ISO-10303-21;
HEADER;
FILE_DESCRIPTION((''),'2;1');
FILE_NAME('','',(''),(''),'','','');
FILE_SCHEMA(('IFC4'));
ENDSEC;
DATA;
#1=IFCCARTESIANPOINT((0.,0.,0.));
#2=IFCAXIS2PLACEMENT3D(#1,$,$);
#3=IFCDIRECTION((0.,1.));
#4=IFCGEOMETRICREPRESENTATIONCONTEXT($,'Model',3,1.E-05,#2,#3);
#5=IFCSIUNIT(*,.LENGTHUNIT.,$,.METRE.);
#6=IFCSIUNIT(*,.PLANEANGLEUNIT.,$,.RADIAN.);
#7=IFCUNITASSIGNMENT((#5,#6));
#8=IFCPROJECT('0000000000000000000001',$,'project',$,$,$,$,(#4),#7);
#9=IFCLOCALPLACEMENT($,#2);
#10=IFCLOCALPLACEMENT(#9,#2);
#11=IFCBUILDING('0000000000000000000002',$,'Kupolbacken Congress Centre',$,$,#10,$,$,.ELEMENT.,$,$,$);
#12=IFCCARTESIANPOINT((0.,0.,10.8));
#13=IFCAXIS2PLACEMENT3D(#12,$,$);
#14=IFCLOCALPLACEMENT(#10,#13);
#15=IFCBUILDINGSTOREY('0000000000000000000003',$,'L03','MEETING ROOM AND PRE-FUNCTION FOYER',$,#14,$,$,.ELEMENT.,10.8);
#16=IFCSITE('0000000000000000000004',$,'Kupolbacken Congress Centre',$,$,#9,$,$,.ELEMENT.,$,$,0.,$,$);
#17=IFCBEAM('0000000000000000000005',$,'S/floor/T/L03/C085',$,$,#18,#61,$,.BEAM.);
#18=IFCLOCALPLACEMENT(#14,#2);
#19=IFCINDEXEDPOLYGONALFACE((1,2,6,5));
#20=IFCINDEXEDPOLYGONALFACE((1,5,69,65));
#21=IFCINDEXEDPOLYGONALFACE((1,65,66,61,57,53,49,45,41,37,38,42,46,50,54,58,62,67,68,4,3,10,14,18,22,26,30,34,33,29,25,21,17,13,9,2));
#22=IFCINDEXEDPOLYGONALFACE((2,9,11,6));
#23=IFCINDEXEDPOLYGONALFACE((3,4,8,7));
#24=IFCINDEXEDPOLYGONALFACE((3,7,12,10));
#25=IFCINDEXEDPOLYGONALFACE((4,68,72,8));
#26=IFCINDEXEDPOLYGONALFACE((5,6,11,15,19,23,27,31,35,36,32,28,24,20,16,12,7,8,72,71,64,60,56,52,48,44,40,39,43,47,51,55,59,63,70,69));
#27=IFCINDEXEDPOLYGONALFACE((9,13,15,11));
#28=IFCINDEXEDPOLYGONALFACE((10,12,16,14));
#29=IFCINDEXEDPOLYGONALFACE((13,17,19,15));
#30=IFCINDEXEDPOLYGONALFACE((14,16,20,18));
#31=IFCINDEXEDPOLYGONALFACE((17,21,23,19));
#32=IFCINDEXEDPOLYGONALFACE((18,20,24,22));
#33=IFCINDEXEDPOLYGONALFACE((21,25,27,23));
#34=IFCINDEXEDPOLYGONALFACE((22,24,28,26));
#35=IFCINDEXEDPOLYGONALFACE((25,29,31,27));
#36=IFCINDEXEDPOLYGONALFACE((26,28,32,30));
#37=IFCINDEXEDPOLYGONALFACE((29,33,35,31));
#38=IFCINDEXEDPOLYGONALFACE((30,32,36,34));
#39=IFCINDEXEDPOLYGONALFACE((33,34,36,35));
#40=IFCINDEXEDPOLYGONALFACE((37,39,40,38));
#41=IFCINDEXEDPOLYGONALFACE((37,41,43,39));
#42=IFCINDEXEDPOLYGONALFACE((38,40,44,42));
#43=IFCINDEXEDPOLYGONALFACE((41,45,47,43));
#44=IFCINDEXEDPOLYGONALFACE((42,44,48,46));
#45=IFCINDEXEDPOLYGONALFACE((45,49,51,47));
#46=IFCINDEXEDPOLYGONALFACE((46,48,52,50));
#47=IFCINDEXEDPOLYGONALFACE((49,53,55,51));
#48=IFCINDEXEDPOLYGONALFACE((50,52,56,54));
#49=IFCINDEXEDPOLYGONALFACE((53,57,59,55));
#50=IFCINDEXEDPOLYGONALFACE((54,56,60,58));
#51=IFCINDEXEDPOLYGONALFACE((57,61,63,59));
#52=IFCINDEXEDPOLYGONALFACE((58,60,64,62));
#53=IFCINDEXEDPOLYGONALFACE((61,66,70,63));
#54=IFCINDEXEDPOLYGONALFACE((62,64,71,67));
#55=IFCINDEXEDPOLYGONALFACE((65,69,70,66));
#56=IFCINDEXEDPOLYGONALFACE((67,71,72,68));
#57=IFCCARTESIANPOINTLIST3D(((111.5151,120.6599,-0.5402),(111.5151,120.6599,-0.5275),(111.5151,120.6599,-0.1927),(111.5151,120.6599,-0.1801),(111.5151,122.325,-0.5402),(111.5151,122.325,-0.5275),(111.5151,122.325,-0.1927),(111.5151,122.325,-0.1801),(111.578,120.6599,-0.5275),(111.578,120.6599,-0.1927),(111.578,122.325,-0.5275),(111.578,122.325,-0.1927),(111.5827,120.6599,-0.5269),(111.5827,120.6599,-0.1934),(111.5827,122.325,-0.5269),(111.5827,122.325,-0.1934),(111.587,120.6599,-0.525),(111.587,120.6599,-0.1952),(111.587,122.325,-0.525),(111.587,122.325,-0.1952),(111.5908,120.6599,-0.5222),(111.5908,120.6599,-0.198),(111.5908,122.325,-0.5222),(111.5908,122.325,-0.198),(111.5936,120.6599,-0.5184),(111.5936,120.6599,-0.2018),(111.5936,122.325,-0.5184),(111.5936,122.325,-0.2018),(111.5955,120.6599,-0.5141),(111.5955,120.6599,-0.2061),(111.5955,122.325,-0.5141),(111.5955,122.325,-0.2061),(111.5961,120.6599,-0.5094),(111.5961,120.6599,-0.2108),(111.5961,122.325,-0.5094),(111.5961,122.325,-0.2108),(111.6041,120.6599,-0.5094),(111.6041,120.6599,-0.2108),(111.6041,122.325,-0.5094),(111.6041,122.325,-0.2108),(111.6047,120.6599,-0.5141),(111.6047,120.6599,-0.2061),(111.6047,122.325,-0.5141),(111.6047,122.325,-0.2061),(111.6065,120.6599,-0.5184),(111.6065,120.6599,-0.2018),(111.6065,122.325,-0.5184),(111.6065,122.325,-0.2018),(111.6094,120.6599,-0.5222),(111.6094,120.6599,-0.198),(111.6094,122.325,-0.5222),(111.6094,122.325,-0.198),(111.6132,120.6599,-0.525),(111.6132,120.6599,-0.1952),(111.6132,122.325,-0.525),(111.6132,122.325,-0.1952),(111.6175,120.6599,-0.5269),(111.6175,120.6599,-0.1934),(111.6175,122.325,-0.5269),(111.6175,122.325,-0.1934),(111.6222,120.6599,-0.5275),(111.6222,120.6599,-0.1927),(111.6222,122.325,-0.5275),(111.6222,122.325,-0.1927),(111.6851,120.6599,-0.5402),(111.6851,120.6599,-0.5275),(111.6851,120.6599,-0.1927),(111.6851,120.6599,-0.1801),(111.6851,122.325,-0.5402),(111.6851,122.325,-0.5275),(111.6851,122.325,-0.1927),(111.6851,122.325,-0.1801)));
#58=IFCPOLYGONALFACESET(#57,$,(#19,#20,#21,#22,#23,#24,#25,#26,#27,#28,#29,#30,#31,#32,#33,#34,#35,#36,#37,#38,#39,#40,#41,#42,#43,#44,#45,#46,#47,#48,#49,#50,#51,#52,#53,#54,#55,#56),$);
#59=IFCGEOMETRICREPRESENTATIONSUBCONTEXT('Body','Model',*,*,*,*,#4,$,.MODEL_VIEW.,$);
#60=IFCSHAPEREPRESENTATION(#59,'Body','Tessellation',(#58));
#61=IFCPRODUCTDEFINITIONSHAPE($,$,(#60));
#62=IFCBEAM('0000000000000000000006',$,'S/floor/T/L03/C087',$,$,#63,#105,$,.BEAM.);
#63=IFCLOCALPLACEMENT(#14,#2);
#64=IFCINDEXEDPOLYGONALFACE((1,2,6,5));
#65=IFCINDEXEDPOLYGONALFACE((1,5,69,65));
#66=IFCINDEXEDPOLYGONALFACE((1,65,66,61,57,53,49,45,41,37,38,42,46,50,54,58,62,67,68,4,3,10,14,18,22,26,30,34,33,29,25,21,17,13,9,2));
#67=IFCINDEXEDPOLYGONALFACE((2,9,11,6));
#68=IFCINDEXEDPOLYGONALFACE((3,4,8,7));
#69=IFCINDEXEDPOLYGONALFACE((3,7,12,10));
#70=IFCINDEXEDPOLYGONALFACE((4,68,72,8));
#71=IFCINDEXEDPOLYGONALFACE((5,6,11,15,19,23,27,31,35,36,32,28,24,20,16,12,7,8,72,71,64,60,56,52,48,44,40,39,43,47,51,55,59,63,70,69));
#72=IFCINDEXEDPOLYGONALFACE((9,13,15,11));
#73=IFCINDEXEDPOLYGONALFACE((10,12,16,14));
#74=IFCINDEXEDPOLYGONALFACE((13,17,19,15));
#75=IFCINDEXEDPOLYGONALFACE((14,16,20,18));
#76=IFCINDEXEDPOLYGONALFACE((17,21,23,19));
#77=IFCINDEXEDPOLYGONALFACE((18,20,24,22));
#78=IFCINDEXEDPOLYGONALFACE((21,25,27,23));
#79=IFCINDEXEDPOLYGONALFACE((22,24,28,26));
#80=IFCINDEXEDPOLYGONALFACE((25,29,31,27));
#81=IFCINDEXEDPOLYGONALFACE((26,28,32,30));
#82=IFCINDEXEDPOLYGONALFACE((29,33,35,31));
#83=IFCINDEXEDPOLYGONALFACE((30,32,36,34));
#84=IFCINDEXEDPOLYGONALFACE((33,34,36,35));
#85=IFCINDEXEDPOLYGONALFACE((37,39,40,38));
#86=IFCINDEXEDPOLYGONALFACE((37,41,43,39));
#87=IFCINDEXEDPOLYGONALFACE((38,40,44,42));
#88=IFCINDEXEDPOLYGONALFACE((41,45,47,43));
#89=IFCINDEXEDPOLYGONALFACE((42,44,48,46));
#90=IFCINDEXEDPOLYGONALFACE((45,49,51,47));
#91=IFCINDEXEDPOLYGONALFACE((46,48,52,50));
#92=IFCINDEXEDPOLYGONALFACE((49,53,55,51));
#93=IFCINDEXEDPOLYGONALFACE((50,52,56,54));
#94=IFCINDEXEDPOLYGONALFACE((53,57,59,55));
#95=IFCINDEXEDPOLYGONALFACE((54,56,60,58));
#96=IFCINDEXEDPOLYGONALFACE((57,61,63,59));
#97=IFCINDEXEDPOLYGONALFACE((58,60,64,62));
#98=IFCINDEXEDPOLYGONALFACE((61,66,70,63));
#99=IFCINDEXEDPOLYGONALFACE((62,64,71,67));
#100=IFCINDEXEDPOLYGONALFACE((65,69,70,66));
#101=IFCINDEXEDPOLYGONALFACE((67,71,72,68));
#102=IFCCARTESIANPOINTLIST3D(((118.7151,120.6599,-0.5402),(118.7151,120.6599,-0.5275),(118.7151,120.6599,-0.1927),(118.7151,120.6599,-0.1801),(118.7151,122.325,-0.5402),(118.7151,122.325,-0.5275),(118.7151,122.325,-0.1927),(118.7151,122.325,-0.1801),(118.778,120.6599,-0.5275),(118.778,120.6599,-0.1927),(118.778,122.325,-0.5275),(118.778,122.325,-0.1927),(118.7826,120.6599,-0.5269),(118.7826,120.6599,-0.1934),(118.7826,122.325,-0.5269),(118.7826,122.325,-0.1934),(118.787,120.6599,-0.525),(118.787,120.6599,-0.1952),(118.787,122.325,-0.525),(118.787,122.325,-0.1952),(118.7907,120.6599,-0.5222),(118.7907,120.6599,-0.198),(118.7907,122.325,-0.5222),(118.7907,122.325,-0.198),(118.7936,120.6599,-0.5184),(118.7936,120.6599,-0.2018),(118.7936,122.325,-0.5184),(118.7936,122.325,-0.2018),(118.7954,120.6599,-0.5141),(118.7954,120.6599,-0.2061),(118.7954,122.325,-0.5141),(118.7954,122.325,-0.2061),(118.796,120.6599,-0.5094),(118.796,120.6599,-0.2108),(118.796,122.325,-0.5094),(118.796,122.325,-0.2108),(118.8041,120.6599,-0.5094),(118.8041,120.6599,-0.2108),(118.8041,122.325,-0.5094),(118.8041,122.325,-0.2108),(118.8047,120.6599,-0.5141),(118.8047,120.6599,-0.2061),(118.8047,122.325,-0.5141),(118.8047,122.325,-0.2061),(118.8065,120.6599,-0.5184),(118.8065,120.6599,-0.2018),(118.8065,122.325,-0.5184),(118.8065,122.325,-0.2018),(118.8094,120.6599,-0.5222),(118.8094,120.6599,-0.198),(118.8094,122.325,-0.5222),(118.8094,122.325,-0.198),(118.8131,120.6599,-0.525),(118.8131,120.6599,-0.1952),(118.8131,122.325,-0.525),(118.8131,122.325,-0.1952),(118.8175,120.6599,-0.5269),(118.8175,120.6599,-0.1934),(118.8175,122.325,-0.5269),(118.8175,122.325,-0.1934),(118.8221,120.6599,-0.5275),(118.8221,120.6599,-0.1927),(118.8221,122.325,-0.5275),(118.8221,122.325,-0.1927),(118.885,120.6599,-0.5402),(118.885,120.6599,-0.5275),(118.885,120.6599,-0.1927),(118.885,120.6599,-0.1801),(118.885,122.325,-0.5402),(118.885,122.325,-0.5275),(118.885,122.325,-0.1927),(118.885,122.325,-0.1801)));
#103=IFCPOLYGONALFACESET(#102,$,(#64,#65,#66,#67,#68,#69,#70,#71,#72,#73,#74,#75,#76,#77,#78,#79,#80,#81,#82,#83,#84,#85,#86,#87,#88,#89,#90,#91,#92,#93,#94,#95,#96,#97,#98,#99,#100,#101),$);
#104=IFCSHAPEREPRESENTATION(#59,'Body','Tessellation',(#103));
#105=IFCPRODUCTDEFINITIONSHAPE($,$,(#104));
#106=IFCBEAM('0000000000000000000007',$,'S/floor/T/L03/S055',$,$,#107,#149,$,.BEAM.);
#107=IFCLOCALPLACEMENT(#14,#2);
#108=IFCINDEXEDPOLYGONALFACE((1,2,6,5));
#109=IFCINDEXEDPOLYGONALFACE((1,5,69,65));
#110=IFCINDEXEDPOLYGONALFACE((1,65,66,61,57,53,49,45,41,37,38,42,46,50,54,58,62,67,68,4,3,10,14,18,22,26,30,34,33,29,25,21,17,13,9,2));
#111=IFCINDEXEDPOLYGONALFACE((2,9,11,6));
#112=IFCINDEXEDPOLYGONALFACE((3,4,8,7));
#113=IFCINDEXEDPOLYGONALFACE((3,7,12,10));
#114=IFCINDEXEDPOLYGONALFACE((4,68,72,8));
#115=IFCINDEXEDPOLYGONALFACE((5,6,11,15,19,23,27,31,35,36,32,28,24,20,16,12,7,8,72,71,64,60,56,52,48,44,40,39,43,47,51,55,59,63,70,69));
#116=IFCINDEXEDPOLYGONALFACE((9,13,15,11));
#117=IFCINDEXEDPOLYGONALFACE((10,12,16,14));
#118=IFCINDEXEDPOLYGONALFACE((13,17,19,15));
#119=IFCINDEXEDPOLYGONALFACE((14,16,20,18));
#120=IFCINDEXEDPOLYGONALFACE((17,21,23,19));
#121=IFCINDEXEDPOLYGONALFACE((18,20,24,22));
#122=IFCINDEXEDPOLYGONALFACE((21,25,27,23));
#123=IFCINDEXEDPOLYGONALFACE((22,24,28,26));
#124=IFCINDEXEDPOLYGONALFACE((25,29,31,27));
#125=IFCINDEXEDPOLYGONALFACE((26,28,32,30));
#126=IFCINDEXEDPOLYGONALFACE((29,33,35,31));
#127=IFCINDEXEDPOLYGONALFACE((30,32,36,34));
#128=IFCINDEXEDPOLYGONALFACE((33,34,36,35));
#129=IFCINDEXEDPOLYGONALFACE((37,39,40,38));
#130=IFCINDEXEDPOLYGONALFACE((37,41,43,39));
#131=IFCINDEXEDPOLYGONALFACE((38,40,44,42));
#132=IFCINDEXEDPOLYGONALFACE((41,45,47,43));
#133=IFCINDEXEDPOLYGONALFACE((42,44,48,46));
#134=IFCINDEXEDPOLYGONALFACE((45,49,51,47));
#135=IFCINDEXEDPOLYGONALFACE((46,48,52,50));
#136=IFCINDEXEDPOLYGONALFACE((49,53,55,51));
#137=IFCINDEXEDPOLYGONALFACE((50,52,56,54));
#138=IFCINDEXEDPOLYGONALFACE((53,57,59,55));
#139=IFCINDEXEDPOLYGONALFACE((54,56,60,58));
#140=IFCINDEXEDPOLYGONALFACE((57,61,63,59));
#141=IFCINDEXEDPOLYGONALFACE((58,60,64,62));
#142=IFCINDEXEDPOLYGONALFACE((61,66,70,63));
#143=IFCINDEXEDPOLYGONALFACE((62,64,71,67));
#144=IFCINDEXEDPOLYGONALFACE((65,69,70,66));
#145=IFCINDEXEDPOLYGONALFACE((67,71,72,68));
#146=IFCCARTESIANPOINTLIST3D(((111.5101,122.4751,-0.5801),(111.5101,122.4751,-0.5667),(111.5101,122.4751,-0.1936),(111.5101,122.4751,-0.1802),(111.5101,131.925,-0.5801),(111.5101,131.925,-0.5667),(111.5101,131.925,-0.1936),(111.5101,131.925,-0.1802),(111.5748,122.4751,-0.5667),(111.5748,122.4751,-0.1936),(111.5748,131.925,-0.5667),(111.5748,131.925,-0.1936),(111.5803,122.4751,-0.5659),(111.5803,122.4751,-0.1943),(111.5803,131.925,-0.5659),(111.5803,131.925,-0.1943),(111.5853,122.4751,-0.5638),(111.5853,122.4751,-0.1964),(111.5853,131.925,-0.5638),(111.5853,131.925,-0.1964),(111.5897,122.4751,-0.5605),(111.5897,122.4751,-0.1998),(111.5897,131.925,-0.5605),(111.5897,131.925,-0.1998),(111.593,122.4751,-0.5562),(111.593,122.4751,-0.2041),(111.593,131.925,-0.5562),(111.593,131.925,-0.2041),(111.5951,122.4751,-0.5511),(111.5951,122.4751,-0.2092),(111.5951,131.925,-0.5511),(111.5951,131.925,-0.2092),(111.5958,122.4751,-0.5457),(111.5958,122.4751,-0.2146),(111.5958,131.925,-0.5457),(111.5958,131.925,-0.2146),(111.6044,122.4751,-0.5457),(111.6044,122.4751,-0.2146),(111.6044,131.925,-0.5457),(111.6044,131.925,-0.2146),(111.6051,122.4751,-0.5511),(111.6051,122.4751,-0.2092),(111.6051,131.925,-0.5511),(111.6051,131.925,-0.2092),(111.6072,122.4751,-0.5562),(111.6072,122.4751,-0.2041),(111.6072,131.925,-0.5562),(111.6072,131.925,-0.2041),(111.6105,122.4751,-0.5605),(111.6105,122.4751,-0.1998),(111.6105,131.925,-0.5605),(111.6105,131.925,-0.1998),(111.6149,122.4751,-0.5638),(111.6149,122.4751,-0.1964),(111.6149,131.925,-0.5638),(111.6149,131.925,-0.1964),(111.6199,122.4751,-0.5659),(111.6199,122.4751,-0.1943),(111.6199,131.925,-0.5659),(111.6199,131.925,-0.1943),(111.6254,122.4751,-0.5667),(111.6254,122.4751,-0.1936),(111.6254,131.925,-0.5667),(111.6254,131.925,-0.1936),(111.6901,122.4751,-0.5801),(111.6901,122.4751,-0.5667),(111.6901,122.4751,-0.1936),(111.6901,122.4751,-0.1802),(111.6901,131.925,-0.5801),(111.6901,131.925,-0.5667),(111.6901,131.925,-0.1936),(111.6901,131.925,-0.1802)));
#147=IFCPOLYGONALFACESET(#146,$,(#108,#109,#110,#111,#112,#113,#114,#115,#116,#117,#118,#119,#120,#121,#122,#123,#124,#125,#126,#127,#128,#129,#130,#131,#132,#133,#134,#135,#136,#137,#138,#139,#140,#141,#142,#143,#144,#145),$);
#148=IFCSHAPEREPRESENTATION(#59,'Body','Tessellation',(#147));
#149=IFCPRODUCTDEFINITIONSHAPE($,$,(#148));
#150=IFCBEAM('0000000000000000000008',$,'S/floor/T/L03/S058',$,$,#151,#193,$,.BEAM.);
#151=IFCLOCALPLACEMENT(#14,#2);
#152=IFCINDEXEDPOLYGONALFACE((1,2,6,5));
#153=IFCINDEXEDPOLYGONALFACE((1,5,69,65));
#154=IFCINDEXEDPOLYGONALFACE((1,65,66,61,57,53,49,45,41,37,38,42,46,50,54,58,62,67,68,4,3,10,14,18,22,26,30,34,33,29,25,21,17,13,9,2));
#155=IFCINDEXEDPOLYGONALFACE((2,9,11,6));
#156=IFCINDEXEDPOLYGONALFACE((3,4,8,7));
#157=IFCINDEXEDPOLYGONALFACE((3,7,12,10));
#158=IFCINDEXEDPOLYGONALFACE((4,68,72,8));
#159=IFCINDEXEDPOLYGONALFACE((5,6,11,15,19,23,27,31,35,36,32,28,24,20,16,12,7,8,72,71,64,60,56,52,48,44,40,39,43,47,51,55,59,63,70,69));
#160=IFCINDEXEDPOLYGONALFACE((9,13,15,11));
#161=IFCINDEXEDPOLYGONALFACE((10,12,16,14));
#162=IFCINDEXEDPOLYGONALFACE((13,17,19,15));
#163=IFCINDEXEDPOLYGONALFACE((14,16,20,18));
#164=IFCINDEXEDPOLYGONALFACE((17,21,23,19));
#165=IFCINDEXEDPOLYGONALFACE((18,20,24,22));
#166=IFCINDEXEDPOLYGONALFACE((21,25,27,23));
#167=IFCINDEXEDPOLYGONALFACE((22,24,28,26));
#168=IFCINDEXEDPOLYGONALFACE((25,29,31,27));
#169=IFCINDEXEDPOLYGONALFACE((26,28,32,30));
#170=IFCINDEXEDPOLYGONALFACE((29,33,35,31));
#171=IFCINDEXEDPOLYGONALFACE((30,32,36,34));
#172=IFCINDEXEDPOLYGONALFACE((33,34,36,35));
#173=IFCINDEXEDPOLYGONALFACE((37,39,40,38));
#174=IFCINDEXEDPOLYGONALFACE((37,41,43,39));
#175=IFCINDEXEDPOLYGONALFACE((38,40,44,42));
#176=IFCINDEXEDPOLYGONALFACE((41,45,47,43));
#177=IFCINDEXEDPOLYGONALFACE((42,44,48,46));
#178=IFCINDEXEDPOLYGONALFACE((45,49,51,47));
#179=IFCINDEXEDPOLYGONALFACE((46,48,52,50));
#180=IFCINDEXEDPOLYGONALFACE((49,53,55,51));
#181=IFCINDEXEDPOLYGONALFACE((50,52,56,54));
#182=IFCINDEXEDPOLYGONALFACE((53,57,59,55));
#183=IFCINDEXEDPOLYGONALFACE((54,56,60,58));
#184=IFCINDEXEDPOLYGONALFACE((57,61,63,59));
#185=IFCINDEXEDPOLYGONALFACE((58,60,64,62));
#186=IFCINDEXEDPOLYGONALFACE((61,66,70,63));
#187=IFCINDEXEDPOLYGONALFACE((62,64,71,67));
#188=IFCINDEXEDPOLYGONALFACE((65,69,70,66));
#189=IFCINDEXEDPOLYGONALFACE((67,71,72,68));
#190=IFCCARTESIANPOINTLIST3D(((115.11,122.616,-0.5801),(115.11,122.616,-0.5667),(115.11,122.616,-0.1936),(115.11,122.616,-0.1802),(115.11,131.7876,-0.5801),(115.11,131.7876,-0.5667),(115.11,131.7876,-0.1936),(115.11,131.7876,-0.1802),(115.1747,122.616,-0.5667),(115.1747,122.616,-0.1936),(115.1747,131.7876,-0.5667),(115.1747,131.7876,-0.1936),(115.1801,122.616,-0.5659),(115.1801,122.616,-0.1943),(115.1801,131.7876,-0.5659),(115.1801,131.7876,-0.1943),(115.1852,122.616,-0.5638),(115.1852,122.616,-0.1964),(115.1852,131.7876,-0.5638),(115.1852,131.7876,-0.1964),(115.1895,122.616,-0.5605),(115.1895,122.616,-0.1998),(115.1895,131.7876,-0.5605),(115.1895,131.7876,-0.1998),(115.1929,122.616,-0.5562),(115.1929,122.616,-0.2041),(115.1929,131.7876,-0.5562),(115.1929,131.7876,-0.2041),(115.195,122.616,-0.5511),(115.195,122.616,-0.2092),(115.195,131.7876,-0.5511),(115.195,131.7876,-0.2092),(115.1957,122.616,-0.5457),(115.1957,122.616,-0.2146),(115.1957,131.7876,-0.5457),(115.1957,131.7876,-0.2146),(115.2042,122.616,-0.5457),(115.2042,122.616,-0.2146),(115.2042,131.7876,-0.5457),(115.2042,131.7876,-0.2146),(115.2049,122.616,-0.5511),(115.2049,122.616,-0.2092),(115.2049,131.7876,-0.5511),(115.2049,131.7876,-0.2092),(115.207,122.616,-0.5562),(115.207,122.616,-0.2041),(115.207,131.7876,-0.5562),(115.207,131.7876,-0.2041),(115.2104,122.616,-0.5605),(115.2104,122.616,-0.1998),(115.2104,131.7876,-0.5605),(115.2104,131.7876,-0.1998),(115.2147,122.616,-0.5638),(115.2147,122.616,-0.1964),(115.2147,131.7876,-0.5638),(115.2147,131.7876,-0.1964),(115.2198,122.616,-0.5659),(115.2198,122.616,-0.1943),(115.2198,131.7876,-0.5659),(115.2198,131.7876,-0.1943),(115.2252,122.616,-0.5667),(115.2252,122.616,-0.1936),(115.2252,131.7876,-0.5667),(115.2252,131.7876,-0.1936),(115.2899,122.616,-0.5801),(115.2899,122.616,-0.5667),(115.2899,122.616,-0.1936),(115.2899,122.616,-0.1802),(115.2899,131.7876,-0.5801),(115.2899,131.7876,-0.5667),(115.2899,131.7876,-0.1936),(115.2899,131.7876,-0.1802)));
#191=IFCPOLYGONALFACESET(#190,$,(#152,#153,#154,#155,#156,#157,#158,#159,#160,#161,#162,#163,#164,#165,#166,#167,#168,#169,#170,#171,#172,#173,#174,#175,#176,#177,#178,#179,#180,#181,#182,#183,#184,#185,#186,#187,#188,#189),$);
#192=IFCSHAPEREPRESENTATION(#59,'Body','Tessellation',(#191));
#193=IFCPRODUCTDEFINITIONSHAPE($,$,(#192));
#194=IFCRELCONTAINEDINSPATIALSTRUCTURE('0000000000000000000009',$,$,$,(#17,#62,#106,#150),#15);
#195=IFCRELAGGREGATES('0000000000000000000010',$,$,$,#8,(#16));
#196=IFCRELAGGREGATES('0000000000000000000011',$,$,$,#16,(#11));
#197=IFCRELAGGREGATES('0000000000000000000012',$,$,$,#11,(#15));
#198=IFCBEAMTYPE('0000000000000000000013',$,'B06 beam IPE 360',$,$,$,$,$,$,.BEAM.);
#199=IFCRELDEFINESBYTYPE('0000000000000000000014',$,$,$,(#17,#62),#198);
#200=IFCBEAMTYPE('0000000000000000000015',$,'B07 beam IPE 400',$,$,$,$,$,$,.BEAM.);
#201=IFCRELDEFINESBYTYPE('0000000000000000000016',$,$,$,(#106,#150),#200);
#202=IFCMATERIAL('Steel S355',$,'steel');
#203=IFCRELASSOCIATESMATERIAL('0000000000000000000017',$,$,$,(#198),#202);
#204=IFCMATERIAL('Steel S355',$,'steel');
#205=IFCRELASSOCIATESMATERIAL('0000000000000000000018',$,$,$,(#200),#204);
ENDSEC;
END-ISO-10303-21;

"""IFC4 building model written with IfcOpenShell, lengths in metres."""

from ifc_helpers import new_model, si_unit, direction, frame, origin, origin_2d, place, context, subcontext, project, spatial, i_section, extrude, material, material_profile, profile_set, type_object, element, save


model = new_model("IFC4")

# Units and contexts
model_context = context("Model", 3, precision=1e-05, world=origin(), true_north=direction((0.0, 1.0)))
body_context = subcontext(model_context, "Body", "Model", "MODEL_VIEW")
ifc_project = project(units=[si_unit("LENGTHUNIT", "METRE"), si_unit("PLANEANGLEUNIT", "RADIAN")], contexts=[model_context])

# Site, building, storey
site_placement = place(None, origin())
site = spatial("IfcSite", under=ifc_project, at=site_placement, Name="Kupolbacken Congress Centre", CompositionType="ELEMENT", RefElevation=0.0)
building_placement = place(site_placement, origin())
building = spatial("IfcBuilding", under=site, at=building_placement, Name="Kupolbacken Congress Centre", CompositionType="ELEMENT")
storey_placement = place(building_placement, frame((0.0, 0.0, 10.8)))
storey = spatial("IfcBuildingStorey", under=building, at=storey_placement, Name="L03", Description="MEETING ROOM AND PRE-FUNCTION FOYER", CompositionType="ELEMENT", Elevation=10.8)

# Beams
ifc_material_1 = material(Name="Steel S355", Category="steel")
ifc_material_profile_1 = material_profile(ifc_material_1, i_section(OverallWidth=0.1699, OverallDepth=0.3601, WebThickness=0.0081, FlangeThickness=0.0127, FilletRadius=0.0181, at=origin_2d()), Name="IPE 360")
ifc_profile_set_1 = profile_set([ifc_material_profile_1], Name="Steel S355")
beam_type_1 = type_object("IfcBeamType", Name="B06 beam IPE 360", PredefinedType="BEAM", material=ifc_profile_set_1)
for number, where, z_axis, x_axis, name in (
    (1, (111.6001, 122.325, -0.3601), (0.0, -1.0, 0.0), (1.0, 0.0, 0.0), "S/floor/T/L03/C085"),
    (2, (118.8, 122.325, -0.3601), (0.0, -1.0, 0.0), (1.0, 0.0, 0.0), "S/floor/T/L03/C087"),
):
    element("IfcBeam", number, at=place(storey_placement, frame(where, z_axis=z_axis, x_axis=x_axis)), inside=storey, type_object=beam_type_1, Name=name, PredefinedType="BEAM", context=body_context, shape_type="SweptSolid", body=[
        extrude(i_section(OverallWidth=0.1699, OverallDepth=0.3601, WebThickness=0.0081, FlangeThickness=0.0127, FilletRadius=0.0181, at=origin_2d()), origin(), (0.0, 0.0, 1.0), 1.665),
    ])
ifc_material_2 = material(Name="Steel S355", Category="steel")
ifc_material_profile_2 = material_profile(ifc_material_2, i_section(OverallWidth=0.1799, OverallDepth=0.3999, WebThickness=0.0085, FlangeThickness=0.0134, FilletRadius=0.021, at=origin_2d()), Name="IPE 400")
ifc_profile_set_2 = profile_set([ifc_material_profile_2], Name="Steel S355")
beam_type_2 = type_object("IfcBeamType", Name="B07 beam IPE 400", PredefinedType="BEAM", material=ifc_profile_set_2)
beam_1_placement = place(storey_placement, frame((111.6001, 122.4751, -0.3801), z_axis=(0.0, 1.0, 0.0), x_axis=(-1.0, 0.0, 0.0)))
element("IfcBeam", 3, at=beam_1_placement, inside=storey, type_object=beam_type_2, Name="S/floor/T/L03/S055", PredefinedType="BEAM", context=body_context, shape_type="SweptSolid", body=[
    extrude(i_section(OverallWidth=0.1799, OverallDepth=0.3999, WebThickness=0.0085, FlangeThickness=0.0134, FilletRadius=0.021, at=origin_2d()), origin(), (0.0, 0.0, 1.0), 9.45),
])
beam_2_placement = place(storey_placement, frame((115.2, 122.616, -0.3801), z_axis=(0.0, 1.0, 0.0), x_axis=(-1.0, 0.0, 0.0)))
element("IfcBeam", 4, at=beam_2_placement, inside=storey, type_object=beam_type_2, Name="S/floor/T/L03/S058", PredefinedType="BEAM", context=body_context, shape_type="SweptSolid", body=[
    extrude(i_section(OverallWidth=0.1799, OverallDepth=0.3999, WebThickness=0.0085, FlangeThickness=0.0134, FilletRadius=0.021, at=origin_2d()), origin(), (0.0, 0.0, 1.0), 9.1716),
])

save(model, "model.ifc")
